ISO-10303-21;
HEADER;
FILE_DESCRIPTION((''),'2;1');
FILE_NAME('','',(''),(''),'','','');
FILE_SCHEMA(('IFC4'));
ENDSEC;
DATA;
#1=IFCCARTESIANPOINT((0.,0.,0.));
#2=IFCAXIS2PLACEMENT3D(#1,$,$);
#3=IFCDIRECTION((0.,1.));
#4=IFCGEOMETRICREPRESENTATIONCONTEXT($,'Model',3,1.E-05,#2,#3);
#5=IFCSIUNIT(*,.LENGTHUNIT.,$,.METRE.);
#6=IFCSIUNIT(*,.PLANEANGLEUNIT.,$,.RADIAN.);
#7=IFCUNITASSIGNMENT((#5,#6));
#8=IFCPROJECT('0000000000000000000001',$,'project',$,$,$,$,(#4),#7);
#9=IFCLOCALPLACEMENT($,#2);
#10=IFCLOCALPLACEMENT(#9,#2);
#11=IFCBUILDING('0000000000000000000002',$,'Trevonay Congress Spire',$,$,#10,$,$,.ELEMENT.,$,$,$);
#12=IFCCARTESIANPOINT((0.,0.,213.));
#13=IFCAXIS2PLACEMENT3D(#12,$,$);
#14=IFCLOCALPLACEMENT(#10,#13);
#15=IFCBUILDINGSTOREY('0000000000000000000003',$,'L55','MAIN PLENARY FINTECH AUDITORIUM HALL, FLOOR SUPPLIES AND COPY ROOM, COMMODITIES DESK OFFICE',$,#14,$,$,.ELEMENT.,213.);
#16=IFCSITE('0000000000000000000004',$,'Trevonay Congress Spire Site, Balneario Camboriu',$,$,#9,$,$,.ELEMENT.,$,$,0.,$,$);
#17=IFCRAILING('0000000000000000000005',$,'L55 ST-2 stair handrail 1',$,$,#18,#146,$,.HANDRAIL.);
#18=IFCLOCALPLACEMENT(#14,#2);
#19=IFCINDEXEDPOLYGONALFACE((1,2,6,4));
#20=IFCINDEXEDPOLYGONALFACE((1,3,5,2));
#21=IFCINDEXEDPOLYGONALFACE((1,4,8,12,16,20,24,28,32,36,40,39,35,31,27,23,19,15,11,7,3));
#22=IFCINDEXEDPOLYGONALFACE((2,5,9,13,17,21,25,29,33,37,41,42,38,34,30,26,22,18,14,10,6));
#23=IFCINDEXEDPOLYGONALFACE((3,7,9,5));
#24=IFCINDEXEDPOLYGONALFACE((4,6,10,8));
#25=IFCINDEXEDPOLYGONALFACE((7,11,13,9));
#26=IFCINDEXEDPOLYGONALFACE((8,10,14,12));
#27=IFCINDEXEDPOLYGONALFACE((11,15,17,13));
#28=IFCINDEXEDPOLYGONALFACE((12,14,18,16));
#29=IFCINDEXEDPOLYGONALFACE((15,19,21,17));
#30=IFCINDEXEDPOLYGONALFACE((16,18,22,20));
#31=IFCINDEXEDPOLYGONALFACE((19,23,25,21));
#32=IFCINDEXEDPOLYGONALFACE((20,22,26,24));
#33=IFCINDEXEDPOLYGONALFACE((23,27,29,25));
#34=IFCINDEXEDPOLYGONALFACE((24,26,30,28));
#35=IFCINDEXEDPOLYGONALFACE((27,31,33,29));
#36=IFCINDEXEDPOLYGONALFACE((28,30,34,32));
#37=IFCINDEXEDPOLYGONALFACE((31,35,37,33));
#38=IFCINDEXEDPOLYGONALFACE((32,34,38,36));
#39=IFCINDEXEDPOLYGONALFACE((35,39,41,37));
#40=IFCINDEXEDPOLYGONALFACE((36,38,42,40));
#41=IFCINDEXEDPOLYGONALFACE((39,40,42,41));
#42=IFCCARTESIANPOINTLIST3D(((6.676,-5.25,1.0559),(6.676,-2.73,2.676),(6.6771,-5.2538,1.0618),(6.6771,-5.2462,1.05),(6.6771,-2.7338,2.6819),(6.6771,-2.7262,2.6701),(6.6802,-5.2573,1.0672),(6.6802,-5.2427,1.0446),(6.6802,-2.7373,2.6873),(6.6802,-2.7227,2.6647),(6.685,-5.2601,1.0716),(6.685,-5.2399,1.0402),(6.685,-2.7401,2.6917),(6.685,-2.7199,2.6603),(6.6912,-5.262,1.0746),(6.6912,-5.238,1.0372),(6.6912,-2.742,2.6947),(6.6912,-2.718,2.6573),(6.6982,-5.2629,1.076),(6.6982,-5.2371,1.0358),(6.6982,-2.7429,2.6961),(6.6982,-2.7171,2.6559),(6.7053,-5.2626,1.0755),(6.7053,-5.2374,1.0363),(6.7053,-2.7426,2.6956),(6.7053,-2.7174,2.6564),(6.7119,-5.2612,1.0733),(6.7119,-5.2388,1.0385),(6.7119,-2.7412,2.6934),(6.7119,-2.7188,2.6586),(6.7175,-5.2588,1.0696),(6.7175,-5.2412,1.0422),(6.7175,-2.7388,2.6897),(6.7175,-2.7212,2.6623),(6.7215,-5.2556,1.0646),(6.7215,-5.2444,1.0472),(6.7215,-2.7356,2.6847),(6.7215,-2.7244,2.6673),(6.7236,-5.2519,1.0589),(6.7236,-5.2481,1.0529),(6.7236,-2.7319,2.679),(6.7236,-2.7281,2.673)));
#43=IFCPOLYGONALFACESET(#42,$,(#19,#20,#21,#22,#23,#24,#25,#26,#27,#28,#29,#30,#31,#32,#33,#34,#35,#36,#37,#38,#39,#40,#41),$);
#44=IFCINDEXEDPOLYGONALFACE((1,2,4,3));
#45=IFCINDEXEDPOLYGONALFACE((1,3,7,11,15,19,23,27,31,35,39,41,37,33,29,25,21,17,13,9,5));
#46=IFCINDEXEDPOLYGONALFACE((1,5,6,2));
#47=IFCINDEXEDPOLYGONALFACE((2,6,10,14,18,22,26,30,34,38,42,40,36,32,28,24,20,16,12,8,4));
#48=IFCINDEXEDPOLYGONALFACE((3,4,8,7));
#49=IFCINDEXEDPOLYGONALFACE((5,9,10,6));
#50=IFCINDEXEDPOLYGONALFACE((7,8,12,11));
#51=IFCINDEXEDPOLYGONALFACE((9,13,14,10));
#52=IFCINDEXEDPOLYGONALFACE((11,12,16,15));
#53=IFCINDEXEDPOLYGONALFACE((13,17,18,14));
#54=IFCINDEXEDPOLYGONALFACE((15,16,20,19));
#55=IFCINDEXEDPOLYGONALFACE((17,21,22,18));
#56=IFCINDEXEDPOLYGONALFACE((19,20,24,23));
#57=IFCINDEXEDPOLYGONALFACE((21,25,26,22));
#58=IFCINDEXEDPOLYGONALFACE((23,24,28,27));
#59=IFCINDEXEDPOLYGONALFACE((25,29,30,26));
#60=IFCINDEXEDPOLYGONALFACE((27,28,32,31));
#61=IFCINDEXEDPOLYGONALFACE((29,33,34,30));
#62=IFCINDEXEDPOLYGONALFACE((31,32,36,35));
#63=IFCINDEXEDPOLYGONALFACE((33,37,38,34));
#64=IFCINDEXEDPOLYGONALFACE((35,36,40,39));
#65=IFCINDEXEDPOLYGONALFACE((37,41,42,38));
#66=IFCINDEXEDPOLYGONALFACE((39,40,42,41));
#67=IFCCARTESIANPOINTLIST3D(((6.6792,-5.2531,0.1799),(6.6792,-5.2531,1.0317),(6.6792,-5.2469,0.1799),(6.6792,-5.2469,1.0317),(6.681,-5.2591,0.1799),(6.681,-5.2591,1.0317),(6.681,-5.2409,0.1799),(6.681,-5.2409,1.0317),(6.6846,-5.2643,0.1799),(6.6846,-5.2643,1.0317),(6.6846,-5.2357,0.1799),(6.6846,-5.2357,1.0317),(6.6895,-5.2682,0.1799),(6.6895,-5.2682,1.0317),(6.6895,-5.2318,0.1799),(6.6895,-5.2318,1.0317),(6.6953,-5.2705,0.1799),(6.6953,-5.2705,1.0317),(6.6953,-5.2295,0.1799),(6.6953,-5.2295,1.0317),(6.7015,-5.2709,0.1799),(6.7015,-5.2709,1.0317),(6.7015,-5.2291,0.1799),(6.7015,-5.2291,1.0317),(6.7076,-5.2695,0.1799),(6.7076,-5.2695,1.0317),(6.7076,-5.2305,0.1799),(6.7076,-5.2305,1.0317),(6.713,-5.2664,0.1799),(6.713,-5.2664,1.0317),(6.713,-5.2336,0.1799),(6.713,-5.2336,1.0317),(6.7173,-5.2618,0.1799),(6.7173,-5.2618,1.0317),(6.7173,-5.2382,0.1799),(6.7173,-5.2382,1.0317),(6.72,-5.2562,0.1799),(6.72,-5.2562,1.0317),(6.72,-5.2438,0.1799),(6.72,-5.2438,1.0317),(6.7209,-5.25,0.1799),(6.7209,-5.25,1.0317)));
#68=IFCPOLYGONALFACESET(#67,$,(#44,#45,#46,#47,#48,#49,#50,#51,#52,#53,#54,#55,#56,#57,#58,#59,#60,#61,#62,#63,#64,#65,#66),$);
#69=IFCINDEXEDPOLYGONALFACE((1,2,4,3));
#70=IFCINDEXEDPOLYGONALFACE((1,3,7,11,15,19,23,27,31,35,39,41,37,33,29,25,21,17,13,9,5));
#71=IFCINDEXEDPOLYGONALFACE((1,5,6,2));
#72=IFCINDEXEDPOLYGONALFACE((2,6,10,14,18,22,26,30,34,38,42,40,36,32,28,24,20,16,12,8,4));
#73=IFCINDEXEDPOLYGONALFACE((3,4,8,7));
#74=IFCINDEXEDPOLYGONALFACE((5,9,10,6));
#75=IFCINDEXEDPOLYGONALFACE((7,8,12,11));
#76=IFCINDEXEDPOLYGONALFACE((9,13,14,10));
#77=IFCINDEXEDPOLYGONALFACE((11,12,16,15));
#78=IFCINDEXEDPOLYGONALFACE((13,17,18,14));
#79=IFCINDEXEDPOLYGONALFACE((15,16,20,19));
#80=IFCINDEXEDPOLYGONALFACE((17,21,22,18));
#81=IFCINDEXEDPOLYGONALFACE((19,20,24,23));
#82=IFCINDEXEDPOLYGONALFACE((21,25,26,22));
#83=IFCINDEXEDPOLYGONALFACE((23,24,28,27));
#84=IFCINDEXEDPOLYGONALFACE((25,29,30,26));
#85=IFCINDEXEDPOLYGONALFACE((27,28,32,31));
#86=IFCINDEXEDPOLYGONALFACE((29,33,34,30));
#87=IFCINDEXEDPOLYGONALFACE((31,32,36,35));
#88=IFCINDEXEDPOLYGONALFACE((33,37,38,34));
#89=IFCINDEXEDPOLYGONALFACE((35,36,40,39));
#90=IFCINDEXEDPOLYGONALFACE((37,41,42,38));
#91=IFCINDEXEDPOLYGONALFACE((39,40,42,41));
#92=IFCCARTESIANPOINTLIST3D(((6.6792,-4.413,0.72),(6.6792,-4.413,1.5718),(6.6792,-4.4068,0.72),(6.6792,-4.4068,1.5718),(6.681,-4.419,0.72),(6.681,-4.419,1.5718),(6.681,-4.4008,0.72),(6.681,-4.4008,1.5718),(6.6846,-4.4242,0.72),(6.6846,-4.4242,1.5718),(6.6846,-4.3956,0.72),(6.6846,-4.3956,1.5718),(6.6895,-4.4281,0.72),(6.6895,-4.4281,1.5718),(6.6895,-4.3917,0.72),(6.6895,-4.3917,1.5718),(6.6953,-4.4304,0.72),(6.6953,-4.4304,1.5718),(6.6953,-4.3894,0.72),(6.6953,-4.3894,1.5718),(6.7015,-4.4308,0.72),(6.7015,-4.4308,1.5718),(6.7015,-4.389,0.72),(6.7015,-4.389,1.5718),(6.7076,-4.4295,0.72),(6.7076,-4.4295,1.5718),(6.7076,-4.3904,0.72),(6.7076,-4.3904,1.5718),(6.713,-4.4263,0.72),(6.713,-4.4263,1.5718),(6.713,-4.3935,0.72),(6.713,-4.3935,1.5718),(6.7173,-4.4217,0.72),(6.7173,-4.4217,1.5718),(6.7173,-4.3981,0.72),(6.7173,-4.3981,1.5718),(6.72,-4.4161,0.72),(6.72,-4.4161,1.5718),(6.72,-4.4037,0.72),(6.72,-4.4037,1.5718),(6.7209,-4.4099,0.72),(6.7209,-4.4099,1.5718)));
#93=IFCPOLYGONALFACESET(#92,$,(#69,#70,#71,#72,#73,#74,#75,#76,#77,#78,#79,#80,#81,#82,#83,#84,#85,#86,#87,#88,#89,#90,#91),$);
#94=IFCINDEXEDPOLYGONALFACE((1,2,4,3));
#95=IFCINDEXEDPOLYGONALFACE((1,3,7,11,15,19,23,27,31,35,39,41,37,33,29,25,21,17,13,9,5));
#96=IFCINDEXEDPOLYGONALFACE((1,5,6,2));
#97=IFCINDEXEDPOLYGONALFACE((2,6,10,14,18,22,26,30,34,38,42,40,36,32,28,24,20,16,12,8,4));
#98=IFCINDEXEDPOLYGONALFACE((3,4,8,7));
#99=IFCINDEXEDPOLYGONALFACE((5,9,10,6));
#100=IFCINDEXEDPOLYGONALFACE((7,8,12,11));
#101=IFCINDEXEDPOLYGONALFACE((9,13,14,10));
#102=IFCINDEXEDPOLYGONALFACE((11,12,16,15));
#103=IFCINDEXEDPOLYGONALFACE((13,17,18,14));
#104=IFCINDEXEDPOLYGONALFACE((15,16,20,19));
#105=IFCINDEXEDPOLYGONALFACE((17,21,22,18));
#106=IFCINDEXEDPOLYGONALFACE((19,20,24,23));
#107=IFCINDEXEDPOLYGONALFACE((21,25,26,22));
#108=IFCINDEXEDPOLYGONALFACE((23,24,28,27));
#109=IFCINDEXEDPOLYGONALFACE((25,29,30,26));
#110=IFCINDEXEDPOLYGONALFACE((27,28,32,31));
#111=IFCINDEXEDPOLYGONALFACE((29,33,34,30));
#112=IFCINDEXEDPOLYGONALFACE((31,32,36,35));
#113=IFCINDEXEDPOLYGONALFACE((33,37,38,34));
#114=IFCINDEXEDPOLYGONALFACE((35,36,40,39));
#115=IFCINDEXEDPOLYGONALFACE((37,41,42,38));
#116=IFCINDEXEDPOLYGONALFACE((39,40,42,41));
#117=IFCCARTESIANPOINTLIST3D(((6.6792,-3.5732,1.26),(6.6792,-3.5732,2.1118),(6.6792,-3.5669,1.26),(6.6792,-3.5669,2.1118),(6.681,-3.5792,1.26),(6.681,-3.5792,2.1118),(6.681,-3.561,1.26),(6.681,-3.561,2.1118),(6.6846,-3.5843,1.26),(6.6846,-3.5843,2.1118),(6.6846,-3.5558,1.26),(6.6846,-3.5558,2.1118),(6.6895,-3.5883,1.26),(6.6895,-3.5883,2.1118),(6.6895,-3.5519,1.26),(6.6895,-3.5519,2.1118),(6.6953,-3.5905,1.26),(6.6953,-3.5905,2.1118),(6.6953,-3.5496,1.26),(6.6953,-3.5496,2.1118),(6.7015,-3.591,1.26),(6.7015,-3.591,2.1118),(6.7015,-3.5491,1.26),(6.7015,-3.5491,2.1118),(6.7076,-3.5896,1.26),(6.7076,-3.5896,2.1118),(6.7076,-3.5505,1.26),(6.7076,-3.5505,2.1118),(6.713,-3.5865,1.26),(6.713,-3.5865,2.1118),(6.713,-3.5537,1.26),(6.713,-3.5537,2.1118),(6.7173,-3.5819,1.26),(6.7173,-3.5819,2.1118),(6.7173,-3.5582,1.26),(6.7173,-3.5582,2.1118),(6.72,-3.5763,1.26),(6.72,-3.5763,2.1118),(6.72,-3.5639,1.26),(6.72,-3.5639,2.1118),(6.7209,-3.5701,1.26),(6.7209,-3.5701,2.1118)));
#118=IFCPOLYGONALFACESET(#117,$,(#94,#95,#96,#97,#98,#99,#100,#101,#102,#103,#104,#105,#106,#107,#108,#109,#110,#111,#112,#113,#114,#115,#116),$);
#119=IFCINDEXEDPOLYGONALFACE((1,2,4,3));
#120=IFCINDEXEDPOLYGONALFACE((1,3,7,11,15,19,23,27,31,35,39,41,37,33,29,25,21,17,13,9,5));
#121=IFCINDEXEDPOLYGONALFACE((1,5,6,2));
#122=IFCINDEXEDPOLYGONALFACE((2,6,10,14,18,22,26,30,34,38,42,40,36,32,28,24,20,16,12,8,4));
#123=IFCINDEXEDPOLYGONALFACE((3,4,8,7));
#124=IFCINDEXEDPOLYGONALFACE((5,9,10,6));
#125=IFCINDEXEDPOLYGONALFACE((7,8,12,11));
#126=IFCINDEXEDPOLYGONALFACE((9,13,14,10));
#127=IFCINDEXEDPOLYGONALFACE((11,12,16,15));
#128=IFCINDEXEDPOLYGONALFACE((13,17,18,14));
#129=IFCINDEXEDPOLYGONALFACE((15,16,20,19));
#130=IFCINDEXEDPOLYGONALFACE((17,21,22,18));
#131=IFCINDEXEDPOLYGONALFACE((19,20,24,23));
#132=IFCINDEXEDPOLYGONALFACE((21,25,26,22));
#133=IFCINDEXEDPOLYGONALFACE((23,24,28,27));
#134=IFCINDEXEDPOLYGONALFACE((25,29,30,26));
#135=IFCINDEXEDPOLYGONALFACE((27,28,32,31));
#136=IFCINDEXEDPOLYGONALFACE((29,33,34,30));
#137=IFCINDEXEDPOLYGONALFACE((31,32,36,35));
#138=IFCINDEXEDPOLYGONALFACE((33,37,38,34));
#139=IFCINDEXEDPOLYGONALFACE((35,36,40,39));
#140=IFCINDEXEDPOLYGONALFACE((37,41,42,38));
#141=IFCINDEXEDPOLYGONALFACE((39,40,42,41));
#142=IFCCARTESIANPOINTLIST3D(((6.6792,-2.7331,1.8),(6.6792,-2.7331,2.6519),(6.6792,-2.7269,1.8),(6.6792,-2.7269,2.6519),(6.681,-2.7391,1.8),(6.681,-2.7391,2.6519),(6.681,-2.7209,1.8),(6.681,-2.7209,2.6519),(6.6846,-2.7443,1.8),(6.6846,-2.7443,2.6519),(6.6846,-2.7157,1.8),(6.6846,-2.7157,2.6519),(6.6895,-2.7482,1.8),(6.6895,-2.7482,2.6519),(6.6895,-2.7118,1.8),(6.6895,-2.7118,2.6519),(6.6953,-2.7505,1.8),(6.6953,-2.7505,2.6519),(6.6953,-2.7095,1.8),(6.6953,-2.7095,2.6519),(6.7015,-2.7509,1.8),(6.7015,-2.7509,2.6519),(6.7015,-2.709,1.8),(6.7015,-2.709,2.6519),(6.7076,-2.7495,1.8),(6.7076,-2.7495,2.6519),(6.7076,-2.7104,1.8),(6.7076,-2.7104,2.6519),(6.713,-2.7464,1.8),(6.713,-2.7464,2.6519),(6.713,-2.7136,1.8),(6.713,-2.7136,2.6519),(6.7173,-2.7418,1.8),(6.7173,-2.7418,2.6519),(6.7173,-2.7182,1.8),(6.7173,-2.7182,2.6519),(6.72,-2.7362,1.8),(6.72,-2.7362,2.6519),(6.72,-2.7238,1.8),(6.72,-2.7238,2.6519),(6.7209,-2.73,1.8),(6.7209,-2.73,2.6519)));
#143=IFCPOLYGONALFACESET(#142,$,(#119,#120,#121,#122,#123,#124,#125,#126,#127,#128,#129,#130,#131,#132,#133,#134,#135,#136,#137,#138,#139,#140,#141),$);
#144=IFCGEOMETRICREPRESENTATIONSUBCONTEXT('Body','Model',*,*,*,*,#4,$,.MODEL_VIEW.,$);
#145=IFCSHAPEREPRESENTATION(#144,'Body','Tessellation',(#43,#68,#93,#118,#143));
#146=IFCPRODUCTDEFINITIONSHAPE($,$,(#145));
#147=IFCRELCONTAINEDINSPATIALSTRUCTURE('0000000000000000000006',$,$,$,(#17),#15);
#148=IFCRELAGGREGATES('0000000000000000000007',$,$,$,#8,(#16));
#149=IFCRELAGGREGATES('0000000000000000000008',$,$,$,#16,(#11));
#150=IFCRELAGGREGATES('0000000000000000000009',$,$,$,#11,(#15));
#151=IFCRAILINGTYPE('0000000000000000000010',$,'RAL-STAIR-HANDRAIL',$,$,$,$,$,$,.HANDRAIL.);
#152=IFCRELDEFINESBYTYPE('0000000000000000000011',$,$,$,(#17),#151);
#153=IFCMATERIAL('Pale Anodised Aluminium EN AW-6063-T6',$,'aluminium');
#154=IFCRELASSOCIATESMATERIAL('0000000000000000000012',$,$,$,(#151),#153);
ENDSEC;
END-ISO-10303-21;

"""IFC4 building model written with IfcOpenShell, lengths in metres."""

from ifc_helpers import new_model, si_unit, direction, frame, origin, origin_2d, place, context, subcontext, project, spatial, circle, extrude, material, type_object, element, save


model = new_model("IFC4")

# Units and contexts
model_context = context("Model", 3, precision=1e-05, world=origin(), true_north=direction((0.0, 1.0)))
body_context = subcontext(model_context, "Body", "Model", "MODEL_VIEW")
ifc_project = project(units=[si_unit("LENGTHUNIT", "METRE"), si_unit("PLANEANGLEUNIT", "RADIAN")], contexts=[model_context])

# Site, building, storey
site_placement = place(None, origin())
site = spatial("IfcSite", under=ifc_project, at=site_placement, Name="Trevonay Congress Spire Site, Balneario Camboriu", CompositionType="ELEMENT", RefElevation=0.0)
building_placement = place(site_placement, origin())
building = spatial("IfcBuilding", under=site, at=building_placement, Name="Trevonay Congress Spire", CompositionType="ELEMENT")
storey_placement = place(building_placement, frame((0.0, 0.0, 213.0)))
storey = spatial("IfcBuildingStorey", under=building, at=storey_placement, Name="L55", Description="MAIN PLENARY FINTECH AUDITORIUM HALL, FLOOR SUPPLIES AND COPY ROOM, COMMODITIES DESK OFFICE", CompositionType="ELEMENT", Elevation=213.0)

# Railing
ifc_material_1 = material(Name="Pale Anodised Aluminium EN AW-6063-T6", Category="aluminium")
railing_type_1 = type_object("IfcRailingType", Name="RAL-STAIR-HANDRAIL", PredefinedType="HANDRAIL", material=ifc_material_1)
railing_1_placement = place(storey_placement, frame((6.7, -5.25, 0.1799)))
element("IfcRailing", 1, at=railing_1_placement, inside=storey, type_object=railing_type_1, Name="L55 ST-2 stair handrail 1", PredefinedType="HANDRAIL", context=body_context, shape_type="SweptSolid", body=[
    extrude(circle(Radius=0.0239, at=origin_2d()), frame((0.0, 0.0, 0.876), z_axis=(0.0, 0.841163, 0.540782), x_axis=(-1.0, 0.0, 0.0)), (0.0, 0.0, 1.0), 2.9958),
    extrude(circle(Radius=0.021, at=origin_2d()), origin(), (0.0, 0.0, 1.0), 0.8518),
    extrude(circle(Radius=0.021, at=origin_2d()), frame((0.0, 0.8401, 0.54)), (0.0, 0.0, 1.0), 0.8518),
    extrude(circle(Radius=0.021, at=origin_2d()), frame((0.0, 1.6799, 1.0801)), (0.0, 0.0, 1.0), 0.8518),
    extrude(circle(Radius=0.021, at=origin_2d()), frame((0.0, 2.52, 1.6201)), (0.0, 0.0, 1.0), 0.8518),
])

save(model, "model.ifc")
